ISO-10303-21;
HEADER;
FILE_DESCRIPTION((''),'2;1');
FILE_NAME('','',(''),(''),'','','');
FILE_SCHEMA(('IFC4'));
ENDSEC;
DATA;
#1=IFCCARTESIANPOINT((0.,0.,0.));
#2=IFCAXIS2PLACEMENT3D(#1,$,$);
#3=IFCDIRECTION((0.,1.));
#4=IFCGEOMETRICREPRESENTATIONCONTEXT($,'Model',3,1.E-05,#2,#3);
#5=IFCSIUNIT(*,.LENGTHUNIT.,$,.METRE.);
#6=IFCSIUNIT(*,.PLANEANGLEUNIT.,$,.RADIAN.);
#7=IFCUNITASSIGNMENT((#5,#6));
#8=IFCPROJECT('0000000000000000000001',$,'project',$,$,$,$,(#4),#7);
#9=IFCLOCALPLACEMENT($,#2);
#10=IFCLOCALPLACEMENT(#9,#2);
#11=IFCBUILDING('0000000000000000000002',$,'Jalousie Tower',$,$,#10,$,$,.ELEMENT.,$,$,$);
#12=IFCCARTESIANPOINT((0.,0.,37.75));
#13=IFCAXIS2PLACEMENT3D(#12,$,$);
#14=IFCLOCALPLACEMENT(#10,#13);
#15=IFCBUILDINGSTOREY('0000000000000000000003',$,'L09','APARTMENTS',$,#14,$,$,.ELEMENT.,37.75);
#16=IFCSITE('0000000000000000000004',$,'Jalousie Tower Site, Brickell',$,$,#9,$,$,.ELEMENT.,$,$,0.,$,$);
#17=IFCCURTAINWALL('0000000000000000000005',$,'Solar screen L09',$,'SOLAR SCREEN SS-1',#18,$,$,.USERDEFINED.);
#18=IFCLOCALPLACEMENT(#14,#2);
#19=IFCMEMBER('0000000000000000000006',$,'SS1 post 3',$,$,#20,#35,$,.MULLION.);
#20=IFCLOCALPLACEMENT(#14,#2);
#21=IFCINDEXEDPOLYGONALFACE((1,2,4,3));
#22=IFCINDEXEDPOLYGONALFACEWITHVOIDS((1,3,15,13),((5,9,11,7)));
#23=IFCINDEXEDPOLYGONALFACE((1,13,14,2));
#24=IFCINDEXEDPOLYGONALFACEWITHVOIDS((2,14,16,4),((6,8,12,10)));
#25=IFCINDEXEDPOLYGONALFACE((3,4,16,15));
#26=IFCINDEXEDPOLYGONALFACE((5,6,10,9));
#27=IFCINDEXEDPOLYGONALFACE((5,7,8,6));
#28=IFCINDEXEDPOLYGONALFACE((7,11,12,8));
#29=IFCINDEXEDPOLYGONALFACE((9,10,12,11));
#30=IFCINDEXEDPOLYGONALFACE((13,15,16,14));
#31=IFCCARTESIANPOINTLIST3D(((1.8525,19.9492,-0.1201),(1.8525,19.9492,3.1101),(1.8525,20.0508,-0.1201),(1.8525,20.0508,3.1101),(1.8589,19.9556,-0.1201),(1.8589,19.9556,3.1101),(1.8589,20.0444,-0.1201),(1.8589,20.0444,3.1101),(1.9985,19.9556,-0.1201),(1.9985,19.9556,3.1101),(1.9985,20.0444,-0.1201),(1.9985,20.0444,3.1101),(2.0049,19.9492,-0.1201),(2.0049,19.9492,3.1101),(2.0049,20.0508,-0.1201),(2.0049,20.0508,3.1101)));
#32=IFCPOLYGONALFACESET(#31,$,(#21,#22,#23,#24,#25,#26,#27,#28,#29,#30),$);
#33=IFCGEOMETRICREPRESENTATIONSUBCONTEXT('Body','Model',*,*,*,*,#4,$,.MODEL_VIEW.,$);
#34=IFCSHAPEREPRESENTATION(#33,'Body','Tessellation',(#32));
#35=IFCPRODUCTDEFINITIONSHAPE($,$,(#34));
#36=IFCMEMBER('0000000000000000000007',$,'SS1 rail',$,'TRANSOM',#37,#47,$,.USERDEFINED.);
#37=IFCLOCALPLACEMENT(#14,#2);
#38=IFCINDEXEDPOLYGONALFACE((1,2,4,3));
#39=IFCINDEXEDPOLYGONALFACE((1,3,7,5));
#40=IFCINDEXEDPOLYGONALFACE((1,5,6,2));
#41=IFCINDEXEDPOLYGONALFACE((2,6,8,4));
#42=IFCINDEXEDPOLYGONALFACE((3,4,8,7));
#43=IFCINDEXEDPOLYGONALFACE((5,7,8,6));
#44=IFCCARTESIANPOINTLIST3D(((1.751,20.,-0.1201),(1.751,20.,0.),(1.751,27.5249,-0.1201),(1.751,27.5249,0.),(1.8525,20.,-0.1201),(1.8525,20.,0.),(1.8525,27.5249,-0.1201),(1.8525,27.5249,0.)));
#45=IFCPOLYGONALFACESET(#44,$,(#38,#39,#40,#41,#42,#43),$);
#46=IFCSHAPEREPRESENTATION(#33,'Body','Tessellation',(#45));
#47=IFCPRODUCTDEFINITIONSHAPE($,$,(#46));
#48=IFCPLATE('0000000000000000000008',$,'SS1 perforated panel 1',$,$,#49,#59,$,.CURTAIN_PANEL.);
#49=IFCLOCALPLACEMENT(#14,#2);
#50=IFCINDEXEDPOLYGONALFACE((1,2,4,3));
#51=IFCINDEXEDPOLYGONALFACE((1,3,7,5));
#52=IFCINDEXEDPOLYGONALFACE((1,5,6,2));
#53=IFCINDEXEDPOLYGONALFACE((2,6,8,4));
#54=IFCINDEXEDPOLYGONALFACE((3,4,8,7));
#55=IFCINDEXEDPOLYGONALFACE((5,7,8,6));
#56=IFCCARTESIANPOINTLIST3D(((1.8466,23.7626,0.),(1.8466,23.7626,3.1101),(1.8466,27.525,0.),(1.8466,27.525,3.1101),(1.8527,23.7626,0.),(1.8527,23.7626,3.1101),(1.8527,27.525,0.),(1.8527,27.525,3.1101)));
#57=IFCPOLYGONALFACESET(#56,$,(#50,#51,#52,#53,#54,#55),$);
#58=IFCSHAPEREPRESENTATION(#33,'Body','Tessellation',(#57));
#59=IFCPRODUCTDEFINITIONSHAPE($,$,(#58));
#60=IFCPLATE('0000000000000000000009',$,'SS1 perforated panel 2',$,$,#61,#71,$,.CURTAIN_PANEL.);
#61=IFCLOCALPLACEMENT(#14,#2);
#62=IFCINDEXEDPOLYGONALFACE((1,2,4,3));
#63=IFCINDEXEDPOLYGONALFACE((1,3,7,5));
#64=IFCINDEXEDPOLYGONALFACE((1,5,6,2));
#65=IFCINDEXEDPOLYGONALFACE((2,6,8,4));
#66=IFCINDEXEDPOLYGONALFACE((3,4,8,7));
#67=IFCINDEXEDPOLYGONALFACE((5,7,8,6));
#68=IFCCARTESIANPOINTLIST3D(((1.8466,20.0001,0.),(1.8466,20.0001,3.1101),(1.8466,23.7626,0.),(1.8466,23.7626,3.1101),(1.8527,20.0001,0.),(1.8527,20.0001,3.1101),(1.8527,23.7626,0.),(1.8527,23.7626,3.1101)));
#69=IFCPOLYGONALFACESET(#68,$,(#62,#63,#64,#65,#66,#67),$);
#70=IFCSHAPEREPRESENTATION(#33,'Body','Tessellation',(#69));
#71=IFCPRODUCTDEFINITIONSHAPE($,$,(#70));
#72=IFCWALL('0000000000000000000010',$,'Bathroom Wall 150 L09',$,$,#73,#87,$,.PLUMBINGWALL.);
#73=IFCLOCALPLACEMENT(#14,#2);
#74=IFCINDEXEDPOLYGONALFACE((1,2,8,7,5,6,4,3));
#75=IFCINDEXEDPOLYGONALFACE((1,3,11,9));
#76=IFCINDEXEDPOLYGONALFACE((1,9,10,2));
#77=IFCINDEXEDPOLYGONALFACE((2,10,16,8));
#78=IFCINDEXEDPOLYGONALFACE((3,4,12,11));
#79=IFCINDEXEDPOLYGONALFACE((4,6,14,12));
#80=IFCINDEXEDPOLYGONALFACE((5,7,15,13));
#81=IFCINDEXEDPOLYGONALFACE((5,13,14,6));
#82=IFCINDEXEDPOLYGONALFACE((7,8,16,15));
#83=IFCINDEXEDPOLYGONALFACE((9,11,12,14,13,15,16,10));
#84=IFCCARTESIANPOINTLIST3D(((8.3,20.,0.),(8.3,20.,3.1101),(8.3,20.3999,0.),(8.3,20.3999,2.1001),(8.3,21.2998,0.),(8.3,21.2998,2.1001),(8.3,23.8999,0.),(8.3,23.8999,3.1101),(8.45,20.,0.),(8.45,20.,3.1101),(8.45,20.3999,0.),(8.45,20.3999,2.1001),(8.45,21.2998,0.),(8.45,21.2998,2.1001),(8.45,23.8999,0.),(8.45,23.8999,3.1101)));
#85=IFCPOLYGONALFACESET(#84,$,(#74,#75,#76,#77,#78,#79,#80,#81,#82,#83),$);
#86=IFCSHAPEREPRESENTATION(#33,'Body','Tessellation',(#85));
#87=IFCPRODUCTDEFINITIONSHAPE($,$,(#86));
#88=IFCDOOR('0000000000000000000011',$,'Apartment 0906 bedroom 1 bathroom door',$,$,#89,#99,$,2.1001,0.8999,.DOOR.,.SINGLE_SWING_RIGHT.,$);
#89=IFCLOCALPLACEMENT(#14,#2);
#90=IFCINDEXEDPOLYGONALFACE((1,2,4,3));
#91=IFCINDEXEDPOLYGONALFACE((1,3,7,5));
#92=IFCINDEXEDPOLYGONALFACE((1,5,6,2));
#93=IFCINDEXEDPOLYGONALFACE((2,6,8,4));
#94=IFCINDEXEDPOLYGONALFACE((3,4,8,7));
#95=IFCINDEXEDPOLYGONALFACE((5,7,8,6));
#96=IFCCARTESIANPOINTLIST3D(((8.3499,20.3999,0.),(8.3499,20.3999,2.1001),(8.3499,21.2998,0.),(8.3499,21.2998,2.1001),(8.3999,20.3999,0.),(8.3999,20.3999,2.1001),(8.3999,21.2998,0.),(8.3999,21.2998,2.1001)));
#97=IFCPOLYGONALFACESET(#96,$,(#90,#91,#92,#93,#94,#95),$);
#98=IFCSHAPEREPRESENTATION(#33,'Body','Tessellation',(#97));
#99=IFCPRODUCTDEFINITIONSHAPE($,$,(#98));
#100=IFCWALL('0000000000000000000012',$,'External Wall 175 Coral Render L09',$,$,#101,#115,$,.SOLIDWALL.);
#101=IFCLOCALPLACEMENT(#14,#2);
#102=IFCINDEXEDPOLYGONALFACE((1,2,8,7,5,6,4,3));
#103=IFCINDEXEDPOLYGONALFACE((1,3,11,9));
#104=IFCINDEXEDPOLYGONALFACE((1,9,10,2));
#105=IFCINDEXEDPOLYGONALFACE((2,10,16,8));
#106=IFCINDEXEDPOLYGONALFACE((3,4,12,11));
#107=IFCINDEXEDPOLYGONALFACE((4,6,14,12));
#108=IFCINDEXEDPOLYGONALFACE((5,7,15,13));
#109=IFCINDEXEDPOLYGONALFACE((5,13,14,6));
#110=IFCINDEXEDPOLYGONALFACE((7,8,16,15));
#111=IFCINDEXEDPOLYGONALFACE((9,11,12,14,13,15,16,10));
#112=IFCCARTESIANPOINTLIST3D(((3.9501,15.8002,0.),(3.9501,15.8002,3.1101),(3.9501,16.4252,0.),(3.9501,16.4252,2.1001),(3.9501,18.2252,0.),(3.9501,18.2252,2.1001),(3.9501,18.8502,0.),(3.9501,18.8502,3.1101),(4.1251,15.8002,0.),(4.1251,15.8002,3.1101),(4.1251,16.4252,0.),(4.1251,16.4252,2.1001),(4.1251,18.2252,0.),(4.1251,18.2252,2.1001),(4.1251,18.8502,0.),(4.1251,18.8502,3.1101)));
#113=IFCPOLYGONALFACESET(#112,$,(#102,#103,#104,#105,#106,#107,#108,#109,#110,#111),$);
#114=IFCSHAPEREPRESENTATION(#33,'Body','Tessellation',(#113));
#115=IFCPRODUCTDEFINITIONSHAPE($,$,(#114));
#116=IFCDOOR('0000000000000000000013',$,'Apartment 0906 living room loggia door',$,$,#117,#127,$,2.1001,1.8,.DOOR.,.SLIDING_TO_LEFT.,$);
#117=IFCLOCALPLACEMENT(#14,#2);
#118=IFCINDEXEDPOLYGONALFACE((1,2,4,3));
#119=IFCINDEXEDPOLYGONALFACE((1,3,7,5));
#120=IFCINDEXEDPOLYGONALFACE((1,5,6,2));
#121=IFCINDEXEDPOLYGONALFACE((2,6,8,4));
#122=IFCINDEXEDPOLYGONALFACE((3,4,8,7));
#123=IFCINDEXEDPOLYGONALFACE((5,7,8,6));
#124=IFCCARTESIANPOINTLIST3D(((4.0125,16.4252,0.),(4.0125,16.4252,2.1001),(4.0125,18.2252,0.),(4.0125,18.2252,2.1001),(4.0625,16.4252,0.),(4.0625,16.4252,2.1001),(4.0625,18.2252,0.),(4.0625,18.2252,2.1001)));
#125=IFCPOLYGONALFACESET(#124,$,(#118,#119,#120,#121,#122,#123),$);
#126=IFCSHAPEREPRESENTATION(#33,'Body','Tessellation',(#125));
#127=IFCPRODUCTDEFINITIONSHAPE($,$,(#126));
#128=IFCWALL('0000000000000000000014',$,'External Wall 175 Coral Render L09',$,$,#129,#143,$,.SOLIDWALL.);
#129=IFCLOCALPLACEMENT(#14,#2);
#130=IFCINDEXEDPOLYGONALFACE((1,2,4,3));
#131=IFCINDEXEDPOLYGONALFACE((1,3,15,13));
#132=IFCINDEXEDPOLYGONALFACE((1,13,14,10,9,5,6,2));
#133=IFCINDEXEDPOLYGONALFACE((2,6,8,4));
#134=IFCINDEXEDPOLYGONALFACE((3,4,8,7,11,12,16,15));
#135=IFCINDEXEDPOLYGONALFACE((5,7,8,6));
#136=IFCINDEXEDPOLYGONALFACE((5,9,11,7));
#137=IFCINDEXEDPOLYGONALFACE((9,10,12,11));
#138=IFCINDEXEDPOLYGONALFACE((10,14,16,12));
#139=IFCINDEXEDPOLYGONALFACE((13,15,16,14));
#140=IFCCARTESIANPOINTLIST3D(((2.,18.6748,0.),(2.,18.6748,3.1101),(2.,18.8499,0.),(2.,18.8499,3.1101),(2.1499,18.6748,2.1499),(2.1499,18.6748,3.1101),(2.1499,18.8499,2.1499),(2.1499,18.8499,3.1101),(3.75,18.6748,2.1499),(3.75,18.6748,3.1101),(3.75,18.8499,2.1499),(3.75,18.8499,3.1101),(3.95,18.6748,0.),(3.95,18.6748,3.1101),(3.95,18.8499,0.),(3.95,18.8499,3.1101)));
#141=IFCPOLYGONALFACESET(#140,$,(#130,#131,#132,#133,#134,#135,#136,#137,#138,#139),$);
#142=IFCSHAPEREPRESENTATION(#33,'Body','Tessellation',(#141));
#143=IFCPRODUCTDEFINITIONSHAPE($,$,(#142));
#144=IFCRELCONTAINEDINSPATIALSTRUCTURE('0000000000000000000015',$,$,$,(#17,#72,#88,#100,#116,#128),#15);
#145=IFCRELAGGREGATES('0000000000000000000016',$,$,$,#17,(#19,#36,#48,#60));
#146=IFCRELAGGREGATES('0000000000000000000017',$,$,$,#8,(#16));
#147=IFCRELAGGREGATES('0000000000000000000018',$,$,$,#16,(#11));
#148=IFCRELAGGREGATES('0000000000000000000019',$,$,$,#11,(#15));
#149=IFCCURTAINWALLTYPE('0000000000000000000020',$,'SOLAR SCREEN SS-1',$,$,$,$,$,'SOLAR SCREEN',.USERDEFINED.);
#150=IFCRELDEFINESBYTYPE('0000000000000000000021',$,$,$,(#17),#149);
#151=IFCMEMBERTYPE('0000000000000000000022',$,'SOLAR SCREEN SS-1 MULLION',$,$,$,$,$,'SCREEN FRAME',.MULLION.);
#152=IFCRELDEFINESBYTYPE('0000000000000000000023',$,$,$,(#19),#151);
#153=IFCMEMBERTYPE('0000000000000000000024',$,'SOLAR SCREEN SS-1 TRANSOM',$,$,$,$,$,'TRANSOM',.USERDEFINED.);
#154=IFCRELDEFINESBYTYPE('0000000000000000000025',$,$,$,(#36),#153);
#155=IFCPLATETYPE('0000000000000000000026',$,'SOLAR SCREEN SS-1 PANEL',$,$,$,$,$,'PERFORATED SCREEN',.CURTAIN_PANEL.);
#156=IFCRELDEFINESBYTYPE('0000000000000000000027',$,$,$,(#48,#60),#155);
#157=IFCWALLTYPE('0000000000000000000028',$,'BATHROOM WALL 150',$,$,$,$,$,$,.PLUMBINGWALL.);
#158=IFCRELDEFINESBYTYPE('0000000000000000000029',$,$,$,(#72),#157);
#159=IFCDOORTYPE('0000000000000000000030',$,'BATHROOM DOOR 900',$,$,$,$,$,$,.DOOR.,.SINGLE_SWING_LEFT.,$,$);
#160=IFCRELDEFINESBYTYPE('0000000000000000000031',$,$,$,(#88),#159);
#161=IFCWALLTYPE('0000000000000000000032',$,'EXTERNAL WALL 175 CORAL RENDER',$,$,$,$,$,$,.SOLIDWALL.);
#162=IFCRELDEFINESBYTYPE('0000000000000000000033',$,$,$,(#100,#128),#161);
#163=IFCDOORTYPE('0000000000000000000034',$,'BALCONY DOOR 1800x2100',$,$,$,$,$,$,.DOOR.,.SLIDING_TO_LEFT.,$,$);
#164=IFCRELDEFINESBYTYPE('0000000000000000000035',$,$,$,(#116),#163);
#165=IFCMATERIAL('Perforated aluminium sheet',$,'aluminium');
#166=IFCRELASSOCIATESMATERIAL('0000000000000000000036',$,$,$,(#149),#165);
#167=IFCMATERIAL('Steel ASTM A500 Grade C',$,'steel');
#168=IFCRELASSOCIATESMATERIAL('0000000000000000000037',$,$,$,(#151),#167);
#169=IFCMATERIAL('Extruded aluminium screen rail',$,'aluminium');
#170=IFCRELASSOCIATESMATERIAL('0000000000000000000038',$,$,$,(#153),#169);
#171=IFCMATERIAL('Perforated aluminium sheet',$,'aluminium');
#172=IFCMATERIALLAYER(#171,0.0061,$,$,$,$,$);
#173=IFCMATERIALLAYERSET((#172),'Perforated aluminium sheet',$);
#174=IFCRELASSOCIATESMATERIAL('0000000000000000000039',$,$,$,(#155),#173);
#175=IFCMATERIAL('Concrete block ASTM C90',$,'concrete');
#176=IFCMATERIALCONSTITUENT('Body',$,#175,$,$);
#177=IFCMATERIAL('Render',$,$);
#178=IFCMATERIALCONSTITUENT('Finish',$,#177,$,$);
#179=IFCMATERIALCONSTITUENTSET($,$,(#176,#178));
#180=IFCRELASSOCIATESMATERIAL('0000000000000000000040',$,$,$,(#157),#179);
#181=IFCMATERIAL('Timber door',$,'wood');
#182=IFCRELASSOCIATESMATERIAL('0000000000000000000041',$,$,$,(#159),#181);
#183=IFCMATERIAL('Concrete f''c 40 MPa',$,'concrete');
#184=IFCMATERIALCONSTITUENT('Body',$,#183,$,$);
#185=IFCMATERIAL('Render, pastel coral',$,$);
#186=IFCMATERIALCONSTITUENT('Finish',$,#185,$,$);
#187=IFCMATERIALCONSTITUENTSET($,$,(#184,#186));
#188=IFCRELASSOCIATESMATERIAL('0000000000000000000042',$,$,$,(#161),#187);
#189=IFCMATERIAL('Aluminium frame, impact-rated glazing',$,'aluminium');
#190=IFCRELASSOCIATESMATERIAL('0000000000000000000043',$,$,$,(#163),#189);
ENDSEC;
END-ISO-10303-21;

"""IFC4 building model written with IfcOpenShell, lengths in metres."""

from ifc_helpers import new_model, si_unit, direction, frame, frame_2d, origin, origin_2d, place, context, subcontext, project, spatial, polyline, rectangle, hollow_rectangle, outline, extrude, material, layer, layer_set, constituent, constituent_set, material_profile, profile_set, type_object, element, fill, aggregate, save


model = new_model("IFC4")

# Units and contexts
model_context = context("Model", 3, precision=1e-05, world=origin(), true_north=direction((0.0, 1.0)))
body_context = subcontext(model_context, "Body", "Model", "MODEL_VIEW")
ifc_project = project(units=[si_unit("LENGTHUNIT", "METRE"), si_unit("PLANEANGLEUNIT", "RADIAN")], contexts=[model_context])

# Site, building, storey
site_placement = place(None, origin())
site = spatial("IfcSite", under=ifc_project, at=site_placement, Name="Jalousie Tower Site, Brickell", CompositionType="ELEMENT", RefElevation=0.0)
building_placement = place(site_placement, origin())
building = spatial("IfcBuilding", under=site, at=building_placement, Name="Jalousie Tower", CompositionType="ELEMENT")
storey_placement = place(building_placement, frame((0.0, 0.0, 37.75)))
storey = spatial("IfcBuildingStorey", under=building, at=storey_placement, Name="L09", Description="APARTMENTS", CompositionType="ELEMENT", Elevation=37.75)

# Shared definitions
ifc_material_1 = material(Name="Perforated aluminium sheet", Category="aluminium")
curtain_wall_type = type_object("IfcCurtainWallType", Name="SOLAR SCREEN SS-1", ElementType="SOLAR SCREEN", PredefinedType="USERDEFINED", material=ifc_material_1)
ifc_material_2 = material(Name="Steel ASTM A500 Grade C", Category="steel")
ifc_material_profile_1 = material_profile(ifc_material_2, hollow_rectangle(XDim=0.1016, YDim=0.1523, WallThickness=0.0063, at=origin_2d()), Name="HSS6X4X1/4")
ifc_profile_set_1 = profile_set([ifc_material_profile_1], Name="Steel ASTM A500 Grade C")
member_type_1 = type_object("IfcMemberType", Name="SOLAR SCREEN SS-1 MULLION", ElementType="SCREEN FRAME", PredefinedType="MULLION", material=ifc_profile_set_1)

# Curtain wall, members, plates
curtain_wall_1_placement = place(storey_placement, origin())
curtain_wall_1 = element("IfcCurtainWall", 1, at=curtain_wall_1_placement, inside=storey, type_object=curtain_wall_type, Name="Solar screen L09", ObjectType="SOLAR SCREEN SS-1", PredefinedType="USERDEFINED")
member_1_placement = place(storey_placement, frame((1.9287, 20.0, -0.1201), z_axis=(0.0, 0.0, 1.0), x_axis=(0.0, -1.0, 0.0)))
member_1 = element("IfcMember", 2, at=member_1_placement, type_object=member_type_1, Name="SS1 post 3", PredefinedType="MULLION", context=body_context, shape_type="SweptSolid", body=[
    extrude(hollow_rectangle(XDim=0.1016, YDim=0.1523, WallThickness=0.0063, at=origin_2d()), origin(), (0.0, 0.0, 1.0), 3.2302),
])
ifc_material_3 = material(Name="Extruded aluminium screen rail", Category="aluminium")
ifc_material_profile_2 = material_profile(ifc_material_3, rectangle(XDim=0.1016, YDim=0.1201, at=origin_2d()), Name="RAIL 102x120")
ifc_profile_set_2 = profile_set([ifc_material_profile_2], Name="Extruded aluminium screen rail")
member_type_2 = type_object("IfcMemberType", Name="SOLAR SCREEN SS-1 TRANSOM", ElementType="TRANSOM", PredefinedType="USERDEFINED", material=ifc_profile_set_2)
member_2_placement = place(storey_placement, frame((1.8018, 27.5249, -0.0601), z_axis=(0.0, -1.0, 0.0), x_axis=(1.0, 0.0, 0.0)))
member_2 = element("IfcMember", 3, at=member_2_placement, type_object=member_type_2, Name="SS1 rail", ObjectType="TRANSOM", PredefinedType="USERDEFINED", context=body_context, shape_type="SweptSolid", body=[
    extrude(rectangle(XDim=0.1016, YDim=0.1201, at=origin_2d()), origin(), (0.0, 0.0, 1.0), 7.5249),
])
ifc_material_4 = material(Name="Perforated aluminium sheet", Category="aluminium")
ifc_layer_1 = layer(ifc_material_4, 0.0061)
ifc_layer_set_1 = layer_set([ifc_layer_1], Name="Perforated aluminium sheet")
plate_type = type_object("IfcPlateType", Name="SOLAR SCREEN SS-1 PANEL", ElementType="PERFORATED SCREEN", PredefinedType="CURTAIN_PANEL", material=ifc_layer_set_1)
plate_1_placement = place(storey_placement, frame((1.8496, 25.6438, 0.0), z_axis=(0.0, 0.0, 1.0), x_axis=(0.0, -1.0, 0.0)))
plate_1 = element("IfcPlate", 4, at=plate_1_placement, type_object=plate_type, Name="SS1 perforated panel 1", PredefinedType="CURTAIN_PANEL", context=body_context, shape_type="SweptSolid", body=[
    extrude(rectangle(XDim=3.7625, YDim=0.0061, at=origin_2d()), origin(), (0.0, 0.0, 1.0), 3.1101),
])
plate_2_placement = place(storey_placement, frame((1.8496, 21.8813, 0.0), z_axis=(0.0, 0.0, 1.0), x_axis=(0.0, -1.0, 0.0)))
plate_2 = element("IfcPlate", 5, at=plate_2_placement, type_object=plate_type, Name="SS1 perforated panel 2", PredefinedType="CURTAIN_PANEL", context=body_context, shape_type="SweptSolid", body=[
    extrude(rectangle(XDim=3.7625, YDim=0.0061, at=origin_2d()), origin(), (0.0, 0.0, 1.0), 3.1101),
])
aggregate(curtain_wall_1, [member_1, member_2, plate_1, plate_2])

# Walls, openings, doors
ifc_material_5 = material(Name="Concrete block ASTM C90", Category="concrete")
ifc_constituent_1 = constituent(ifc_material_5, Name="Body")
ifc_material_6 = material(Name="Render")
ifc_constituent_2 = constituent(ifc_material_6, Name="Finish")
ifc_constituent_set_1 = constituent_set(constituents=[ifc_constituent_1, ifc_constituent_2])
wall_type_1 = type_object("IfcWallType", Name="BATHROOM WALL 150", PredefinedType="PLUMBINGWALL", material=ifc_constituent_set_1)
wall_1_placement = place(storey_placement, frame((8.375, 20.0, 0.0), z_axis=(0.0, 0.0, 1.0), x_axis=(0.0, 1.0, 0.0)))
wall_1 = element("IfcWall", 6, at=wall_1_placement, inside=storey, type_object=wall_type_1, Name="Bathroom Wall 150 L09", PredefinedType="PLUMBINGWALL", context=body_context, shape_type="SweptSolid", body=[
    extrude(rectangle(XDim=3.8999, YDim=0.1499, at=frame_2d((1.95, 0.0))), origin(), (0.0, 0.0, 1.0), 3.1101),
])
opening_1_placement = place(wall_1_placement, frame((0.3999, 0.0, 0.0)))
opening_1 = element("IfcOpeningElement", 7, at=opening_1_placement, cuts=wall_1, PredefinedType="OPENING", context=body_context, shape_type="SweptSolid", body=[
    extrude(rectangle(XDim=0.8999, YDim=2.1001, at=frame_2d((0.45, 1.05))), frame((0.0, 0.085, 0.0), z_axis=(0.0, -1.0, 0.0), x_axis=(1.0, 0.0, 0.0)), (0.0, 0.0, 1.0), 0.1699),
])
ifc_material_7 = material(Name="Timber door", Category="wood")
door_type_1 = type_object("IfcDoorType", Name="BATHROOM DOOR 900", OperationType="SINGLE_SWING_LEFT", PredefinedType="DOOR", material=ifc_material_7)
door_1_placement = place(opening_1_placement, frame((0.8999, 0.0, 0.0), z_axis=(0.0, 0.0, 1.0), x_axis=(-1.0, 0.0, 0.0)))
door_1 = element("IfcDoor", 8, at=door_1_placement, inside=storey, type_object=door_type_1, Name="Apartment 0906 bedroom 1 bathroom door", OperationType="SINGLE_SWING_RIGHT", OverallHeight=2.1001, OverallWidth=0.8999, PredefinedType="DOOR", context=body_context, shape_type="SweptSolid", body=[
    extrude(rectangle(XDim=0.8999, YDim=2.1001, at=frame_2d((0.45, 1.05))), frame((0.0, 0.0249, 0.0), z_axis=(0.0, -1.0, 0.0), x_axis=(1.0, 0.0, 0.0)), (0.0, 0.0, 1.0), 0.05),
])
fill(opening_1, door_1)
ifc_material_8 = material(Name="Concrete f'c 40 MPa", Category="concrete")
ifc_constituent_3 = constituent(ifc_material_8, Name="Body")
ifc_material_9 = material(Name="Render, pastel coral")
ifc_constituent_4 = constituent(ifc_material_9, Name="Finish")
ifc_constituent_set_2 = constituent_set(constituents=[ifc_constituent_3, ifc_constituent_4])
wall_type_2 = type_object("IfcWallType", Name="EXTERNAL WALL 175 CORAL RENDER", PredefinedType="SOLIDWALL", material=ifc_constituent_set_2)
wall_2_placement = place(storey_placement, frame((4.0376, 18.8501, 0.0), z_axis=(0.0, 0.0, 1.0), x_axis=(0.0, -1.0, 0.0)))
wall_2 = element("IfcWall", 9, at=wall_2_placement, inside=storey, type_object=wall_type_2, Name="External Wall 175 Coral Render L09", PredefinedType="SOLIDWALL", context=body_context, shape_type="SweptSolid", body=[
    extrude(rectangle(XDim=3.05, YDim=0.175, at=frame_2d((1.5249, 0.0))), origin(), (0.0, 0.0, 1.0), 3.1101),
])
opening_2_placement = place(wall_2_placement, frame((0.625, 0.0, 0.0)))
opening_2 = element("IfcOpeningElement", 10, at=opening_2_placement, cuts=wall_2, PredefinedType="OPENING", context=body_context, shape_type="SweptSolid", body=[
    extrude(rectangle(XDim=1.8, YDim=2.1001, at=frame_2d((0.8999, 1.05))), frame((0.0, 0.0974, 0.0), z_axis=(0.0, -1.0, 0.0), x_axis=(1.0, 0.0, 0.0)), (0.0, 0.0, 1.0), 0.1951),
])
ifc_material_10 = material(Name="Aluminium frame, impact-rated glazing", Category="aluminium")
door_type_2 = type_object("IfcDoorType", Name="BALCONY DOOR 1800x2100", OperationType="SLIDING_TO_LEFT", PredefinedType="DOOR", material=ifc_material_10)
door_2_placement = place(opening_2_placement, origin())
door_2 = element("IfcDoor", 11, at=door_2_placement, inside=storey, type_object=door_type_2, Name="Apartment 0906 living room loggia door", OperationType="SLIDING_TO_LEFT", OverallHeight=2.1001, OverallWidth=1.8, PredefinedType="DOOR", context=body_context, shape_type="SweptSolid", body=[
    extrude(rectangle(XDim=1.8, YDim=2.1001, at=frame_2d((0.8999, 1.05))), frame((0.0, 0.0249, 0.0), z_axis=(0.0, -1.0, 0.0), x_axis=(1.0, 0.0, 0.0)), (0.0, 0.0, 1.0), 0.05),
])
fill(opening_2, door_2)

# Wall
wall_3_placement = place(storey_placement, frame((2.0, 18.7625, 0.0), z_axis=(0.0, 0.0, 1.0), x_axis=(1.0, 0.0, 0.0)))
element("IfcWall", 12, at=wall_3_placement, inside=storey, type_object=wall_type_2, Name="External Wall 175 Coral Render L09", PredefinedType="SOLIDWALL", context=body_context, shape_type="SweptSolid", body=[
    extrude(outline(polyline([(0.0, 0.0), (1.95, 0.0), (1.95, 3.1101), (1.75, 3.1101), (1.75, 2.1499), (0.1499, 2.1499), (0.1499, 3.1101), (0.0, 3.1101), (0.0, 0.0)])), frame((0.0, 0.0874, 0.0), z_axis=(0.0, -1.0, 0.0), x_axis=(1.0, 0.0, 0.0)), (0.0, 0.0, 1.0), 0.175),
])

save(model, "model.ifc")
